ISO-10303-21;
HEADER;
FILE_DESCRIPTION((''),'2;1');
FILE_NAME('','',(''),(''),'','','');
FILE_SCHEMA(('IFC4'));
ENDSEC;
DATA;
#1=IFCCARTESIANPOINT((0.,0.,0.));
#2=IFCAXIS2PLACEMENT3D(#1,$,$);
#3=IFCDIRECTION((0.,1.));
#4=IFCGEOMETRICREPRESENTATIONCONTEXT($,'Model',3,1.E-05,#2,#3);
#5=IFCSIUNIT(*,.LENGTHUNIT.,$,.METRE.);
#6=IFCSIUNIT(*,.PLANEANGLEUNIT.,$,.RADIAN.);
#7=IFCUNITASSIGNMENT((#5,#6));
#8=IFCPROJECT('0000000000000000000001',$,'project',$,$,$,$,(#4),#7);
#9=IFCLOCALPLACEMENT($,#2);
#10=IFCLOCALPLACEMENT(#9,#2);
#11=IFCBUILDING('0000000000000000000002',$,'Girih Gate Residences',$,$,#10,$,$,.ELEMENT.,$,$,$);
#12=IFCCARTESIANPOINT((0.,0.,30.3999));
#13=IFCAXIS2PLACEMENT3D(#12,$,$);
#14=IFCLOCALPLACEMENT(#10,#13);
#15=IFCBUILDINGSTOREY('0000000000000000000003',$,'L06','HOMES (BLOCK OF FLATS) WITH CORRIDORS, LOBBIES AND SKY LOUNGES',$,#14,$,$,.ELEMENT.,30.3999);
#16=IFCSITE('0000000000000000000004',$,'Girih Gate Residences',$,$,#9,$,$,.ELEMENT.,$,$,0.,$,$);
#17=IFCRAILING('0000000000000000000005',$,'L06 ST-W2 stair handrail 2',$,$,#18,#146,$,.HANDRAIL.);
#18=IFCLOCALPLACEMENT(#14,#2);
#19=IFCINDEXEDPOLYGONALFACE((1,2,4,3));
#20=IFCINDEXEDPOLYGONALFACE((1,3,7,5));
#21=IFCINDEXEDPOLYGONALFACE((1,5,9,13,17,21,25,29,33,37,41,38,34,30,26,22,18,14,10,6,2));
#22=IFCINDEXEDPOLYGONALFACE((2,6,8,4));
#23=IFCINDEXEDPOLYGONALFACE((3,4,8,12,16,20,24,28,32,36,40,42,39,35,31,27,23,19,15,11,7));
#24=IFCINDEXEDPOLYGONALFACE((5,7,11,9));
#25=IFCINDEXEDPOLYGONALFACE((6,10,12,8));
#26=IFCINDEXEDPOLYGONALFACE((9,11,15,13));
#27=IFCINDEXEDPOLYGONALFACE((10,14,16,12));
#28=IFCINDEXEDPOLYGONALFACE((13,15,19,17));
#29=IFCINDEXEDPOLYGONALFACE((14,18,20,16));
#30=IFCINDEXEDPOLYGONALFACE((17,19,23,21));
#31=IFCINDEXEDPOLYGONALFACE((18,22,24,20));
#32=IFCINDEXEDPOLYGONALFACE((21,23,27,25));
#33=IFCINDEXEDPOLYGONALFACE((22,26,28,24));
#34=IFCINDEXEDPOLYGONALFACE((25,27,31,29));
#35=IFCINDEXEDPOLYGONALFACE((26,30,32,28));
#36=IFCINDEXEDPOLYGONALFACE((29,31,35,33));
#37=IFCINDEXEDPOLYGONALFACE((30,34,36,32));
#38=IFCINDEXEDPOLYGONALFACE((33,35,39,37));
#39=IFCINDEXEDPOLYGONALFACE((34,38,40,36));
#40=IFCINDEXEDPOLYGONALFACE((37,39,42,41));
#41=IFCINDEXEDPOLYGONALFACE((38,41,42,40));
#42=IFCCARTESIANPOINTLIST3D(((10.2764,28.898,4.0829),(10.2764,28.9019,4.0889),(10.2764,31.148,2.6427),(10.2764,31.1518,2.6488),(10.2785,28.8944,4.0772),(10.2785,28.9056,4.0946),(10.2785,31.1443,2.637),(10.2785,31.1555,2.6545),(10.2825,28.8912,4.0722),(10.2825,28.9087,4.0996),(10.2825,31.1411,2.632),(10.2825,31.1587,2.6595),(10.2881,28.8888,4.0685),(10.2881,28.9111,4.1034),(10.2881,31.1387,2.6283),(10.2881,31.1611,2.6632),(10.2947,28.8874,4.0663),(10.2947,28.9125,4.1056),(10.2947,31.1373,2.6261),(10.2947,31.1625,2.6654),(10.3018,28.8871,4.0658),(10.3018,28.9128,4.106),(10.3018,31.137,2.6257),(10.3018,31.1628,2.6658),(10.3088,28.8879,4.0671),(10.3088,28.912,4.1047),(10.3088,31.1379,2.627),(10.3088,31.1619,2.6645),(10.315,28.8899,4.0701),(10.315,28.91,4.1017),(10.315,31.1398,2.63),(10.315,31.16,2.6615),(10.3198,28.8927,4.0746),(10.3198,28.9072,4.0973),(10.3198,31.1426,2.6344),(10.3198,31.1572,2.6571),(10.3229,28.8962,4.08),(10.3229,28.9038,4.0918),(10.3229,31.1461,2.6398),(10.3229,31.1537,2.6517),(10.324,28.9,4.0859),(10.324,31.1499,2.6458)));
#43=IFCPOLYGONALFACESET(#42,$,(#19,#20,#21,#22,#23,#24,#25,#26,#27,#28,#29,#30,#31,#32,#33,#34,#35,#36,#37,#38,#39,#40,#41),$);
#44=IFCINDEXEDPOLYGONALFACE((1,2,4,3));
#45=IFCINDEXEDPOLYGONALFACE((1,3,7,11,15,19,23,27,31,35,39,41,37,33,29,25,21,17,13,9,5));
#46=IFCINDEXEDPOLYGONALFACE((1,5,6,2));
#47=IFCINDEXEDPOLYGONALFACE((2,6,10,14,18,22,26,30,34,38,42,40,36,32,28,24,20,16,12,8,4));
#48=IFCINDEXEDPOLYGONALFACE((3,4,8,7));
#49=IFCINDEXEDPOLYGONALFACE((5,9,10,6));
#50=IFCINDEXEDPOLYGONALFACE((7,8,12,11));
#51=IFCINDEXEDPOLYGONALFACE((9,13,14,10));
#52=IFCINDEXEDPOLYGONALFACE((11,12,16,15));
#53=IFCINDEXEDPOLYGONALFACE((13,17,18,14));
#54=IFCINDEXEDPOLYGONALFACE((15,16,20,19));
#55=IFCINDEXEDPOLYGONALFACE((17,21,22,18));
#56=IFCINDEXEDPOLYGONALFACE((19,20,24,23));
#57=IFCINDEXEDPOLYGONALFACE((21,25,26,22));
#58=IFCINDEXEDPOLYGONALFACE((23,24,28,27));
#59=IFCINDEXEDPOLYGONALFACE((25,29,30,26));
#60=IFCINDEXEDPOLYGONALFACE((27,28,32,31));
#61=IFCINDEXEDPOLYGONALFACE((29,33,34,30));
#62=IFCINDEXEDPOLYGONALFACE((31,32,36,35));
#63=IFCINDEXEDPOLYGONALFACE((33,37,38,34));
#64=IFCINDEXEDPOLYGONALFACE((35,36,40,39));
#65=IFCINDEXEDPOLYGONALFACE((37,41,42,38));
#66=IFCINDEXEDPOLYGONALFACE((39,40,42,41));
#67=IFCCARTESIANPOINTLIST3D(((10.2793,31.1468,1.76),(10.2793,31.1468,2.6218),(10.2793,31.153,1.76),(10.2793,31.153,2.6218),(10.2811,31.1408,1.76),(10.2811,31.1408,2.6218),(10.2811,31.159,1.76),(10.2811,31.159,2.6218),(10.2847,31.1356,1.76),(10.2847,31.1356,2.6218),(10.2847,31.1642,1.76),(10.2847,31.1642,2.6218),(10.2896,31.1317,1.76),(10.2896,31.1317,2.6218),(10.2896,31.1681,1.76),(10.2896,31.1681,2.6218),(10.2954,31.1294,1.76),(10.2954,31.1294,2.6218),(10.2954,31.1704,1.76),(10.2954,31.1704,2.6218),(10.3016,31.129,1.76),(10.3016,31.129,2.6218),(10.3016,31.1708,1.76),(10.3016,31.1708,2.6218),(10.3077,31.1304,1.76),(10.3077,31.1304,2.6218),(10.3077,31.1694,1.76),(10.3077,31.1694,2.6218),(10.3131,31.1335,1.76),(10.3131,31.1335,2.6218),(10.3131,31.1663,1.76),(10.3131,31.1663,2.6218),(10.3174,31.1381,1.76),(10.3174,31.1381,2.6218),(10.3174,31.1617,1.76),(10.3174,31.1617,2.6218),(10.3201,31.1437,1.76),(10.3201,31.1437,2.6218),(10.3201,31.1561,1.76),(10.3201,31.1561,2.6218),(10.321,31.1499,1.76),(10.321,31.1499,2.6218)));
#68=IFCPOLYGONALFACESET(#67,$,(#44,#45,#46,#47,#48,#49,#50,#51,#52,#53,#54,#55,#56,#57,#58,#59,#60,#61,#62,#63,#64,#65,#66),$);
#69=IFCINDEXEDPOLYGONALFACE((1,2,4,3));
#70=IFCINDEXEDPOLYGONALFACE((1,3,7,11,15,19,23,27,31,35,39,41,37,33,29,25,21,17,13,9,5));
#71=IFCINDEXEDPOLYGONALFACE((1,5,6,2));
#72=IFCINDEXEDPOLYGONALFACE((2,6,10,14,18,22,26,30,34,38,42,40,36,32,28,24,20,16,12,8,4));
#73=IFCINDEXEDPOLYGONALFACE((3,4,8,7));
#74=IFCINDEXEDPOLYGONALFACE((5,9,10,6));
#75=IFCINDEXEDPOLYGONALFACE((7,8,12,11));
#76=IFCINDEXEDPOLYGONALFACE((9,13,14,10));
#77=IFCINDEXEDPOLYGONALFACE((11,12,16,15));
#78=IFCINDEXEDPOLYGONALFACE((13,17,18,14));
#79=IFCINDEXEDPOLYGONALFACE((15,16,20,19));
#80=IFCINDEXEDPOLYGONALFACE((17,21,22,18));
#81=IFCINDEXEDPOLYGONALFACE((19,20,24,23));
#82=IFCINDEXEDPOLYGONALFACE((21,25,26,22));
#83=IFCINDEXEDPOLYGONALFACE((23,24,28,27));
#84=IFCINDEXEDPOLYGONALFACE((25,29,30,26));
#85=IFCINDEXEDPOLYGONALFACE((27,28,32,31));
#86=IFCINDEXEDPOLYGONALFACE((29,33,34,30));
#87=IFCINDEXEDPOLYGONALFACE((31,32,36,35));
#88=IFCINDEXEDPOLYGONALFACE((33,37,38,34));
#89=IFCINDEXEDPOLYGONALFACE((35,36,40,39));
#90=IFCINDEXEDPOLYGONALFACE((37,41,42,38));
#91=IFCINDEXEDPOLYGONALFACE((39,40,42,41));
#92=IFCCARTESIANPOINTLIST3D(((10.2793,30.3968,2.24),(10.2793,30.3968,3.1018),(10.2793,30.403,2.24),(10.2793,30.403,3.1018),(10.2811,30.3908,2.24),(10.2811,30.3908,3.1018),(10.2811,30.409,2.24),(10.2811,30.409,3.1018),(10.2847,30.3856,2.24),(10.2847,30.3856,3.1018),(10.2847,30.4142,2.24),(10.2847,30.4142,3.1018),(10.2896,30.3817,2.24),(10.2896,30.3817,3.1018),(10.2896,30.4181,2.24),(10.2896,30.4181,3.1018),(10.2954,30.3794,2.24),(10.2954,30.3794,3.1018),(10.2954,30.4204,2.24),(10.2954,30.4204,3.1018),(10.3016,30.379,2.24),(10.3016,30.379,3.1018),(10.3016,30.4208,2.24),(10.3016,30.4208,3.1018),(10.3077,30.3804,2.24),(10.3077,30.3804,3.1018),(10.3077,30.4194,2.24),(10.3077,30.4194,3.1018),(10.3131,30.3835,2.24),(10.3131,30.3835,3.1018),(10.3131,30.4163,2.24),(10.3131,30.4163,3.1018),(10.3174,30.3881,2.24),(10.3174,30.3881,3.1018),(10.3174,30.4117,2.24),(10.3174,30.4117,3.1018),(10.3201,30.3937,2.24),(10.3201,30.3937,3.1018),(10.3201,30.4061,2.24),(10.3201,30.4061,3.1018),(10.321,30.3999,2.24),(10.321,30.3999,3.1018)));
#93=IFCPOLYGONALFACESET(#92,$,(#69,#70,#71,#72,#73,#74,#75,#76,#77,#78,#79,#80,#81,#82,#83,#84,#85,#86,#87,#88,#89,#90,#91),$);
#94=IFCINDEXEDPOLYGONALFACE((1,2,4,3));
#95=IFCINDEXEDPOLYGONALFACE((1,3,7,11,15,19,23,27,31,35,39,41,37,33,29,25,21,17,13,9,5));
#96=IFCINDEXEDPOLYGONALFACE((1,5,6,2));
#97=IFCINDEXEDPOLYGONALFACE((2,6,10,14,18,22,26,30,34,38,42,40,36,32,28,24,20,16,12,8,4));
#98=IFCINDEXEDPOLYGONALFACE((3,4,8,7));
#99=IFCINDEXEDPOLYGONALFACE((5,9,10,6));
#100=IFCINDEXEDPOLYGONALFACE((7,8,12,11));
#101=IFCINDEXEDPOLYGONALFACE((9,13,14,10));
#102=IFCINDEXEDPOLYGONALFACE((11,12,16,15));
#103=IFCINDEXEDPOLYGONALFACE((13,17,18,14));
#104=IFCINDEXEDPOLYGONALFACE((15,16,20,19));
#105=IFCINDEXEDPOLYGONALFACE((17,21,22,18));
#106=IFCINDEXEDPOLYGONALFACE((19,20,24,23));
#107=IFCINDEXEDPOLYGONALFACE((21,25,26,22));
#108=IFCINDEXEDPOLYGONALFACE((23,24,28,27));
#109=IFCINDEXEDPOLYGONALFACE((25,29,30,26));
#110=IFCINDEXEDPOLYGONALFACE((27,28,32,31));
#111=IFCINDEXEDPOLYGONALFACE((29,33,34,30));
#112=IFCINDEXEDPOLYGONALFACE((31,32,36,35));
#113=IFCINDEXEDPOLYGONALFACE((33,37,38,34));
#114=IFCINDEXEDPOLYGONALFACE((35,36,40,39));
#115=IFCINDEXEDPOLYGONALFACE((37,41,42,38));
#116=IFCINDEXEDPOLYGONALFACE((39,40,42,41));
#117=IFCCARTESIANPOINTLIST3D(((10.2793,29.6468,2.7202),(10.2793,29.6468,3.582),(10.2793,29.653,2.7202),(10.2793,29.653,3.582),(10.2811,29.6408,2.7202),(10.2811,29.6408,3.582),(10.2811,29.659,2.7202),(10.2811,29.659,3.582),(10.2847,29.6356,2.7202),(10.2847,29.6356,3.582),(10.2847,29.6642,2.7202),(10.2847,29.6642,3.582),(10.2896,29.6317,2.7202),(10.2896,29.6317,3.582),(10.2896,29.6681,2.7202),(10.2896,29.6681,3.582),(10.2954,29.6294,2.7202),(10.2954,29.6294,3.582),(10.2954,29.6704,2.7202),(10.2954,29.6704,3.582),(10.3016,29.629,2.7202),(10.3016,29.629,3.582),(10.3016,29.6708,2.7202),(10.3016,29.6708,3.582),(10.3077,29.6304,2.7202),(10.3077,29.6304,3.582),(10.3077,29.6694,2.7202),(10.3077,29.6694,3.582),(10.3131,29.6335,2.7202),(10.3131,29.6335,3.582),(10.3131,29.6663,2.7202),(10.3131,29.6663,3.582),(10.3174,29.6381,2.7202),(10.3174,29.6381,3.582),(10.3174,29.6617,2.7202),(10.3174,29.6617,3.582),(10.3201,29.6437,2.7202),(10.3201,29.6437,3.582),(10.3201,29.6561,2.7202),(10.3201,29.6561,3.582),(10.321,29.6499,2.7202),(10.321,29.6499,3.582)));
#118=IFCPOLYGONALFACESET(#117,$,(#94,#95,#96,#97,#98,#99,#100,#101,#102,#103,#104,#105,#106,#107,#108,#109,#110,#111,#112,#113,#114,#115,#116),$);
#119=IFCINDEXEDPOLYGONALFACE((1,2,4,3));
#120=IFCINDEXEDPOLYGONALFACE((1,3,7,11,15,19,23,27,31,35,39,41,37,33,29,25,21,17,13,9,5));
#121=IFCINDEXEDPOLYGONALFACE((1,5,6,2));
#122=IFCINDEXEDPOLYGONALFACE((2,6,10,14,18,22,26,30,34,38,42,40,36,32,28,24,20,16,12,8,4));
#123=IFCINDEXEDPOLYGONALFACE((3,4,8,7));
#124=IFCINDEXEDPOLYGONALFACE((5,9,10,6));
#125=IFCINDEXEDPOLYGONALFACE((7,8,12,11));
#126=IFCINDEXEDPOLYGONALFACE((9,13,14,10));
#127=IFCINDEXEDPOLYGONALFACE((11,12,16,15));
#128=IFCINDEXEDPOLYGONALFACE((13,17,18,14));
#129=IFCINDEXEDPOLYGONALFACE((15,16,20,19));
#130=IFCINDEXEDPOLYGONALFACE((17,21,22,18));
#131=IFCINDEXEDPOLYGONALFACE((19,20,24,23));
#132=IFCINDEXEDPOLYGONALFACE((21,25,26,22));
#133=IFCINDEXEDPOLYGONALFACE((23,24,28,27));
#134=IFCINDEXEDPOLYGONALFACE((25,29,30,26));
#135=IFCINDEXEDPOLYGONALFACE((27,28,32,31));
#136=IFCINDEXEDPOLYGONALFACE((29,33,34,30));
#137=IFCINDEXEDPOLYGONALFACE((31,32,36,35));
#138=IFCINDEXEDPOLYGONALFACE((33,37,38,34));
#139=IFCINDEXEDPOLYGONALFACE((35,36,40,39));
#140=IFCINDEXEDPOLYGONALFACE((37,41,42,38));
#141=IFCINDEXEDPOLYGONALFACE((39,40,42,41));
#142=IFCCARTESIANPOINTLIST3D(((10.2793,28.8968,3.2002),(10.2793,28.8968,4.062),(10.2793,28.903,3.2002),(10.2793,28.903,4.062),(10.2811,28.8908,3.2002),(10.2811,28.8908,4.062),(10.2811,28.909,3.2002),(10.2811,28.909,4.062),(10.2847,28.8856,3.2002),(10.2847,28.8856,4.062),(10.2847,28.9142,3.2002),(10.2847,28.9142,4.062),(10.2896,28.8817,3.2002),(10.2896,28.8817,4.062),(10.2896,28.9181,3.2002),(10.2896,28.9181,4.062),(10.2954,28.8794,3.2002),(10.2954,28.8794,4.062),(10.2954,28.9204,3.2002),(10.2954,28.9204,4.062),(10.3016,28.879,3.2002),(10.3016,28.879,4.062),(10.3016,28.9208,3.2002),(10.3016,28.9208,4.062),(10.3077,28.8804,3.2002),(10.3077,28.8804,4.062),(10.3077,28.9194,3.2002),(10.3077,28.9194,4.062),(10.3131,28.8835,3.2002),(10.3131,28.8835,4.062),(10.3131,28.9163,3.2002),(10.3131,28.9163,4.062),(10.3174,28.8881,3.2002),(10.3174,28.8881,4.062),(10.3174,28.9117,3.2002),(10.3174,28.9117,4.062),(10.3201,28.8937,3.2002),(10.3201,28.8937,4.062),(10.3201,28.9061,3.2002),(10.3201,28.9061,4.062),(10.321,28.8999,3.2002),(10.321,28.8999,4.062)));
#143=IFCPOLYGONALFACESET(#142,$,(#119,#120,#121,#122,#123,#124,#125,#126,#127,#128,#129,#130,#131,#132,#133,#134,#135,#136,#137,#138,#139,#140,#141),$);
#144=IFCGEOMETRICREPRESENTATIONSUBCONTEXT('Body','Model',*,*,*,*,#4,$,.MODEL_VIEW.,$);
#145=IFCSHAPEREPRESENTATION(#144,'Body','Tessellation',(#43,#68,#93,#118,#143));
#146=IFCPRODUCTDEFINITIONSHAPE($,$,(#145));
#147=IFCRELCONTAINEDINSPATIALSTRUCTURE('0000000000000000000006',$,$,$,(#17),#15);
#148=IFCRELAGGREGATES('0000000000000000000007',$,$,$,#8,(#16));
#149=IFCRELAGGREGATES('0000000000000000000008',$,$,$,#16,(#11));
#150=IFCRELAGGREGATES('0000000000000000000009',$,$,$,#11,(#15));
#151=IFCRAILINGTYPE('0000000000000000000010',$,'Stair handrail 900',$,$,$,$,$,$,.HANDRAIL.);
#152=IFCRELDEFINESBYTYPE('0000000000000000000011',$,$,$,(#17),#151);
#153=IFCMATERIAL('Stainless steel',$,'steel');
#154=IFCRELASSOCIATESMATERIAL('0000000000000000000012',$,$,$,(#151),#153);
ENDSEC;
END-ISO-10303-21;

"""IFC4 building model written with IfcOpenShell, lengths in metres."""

from ifc_helpers import new_model, si_unit, direction, frame, origin, origin_2d, place, context, subcontext, project, spatial, circle, extrude, material, type_object, element, save


model = new_model("IFC4")

# Units and contexts
model_context = context("Model", 3, precision=1e-05, world=origin(), true_north=direction((0.0, 1.0)))
body_context = subcontext(model_context, "Body", "Model", "MODEL_VIEW")
ifc_project = project(units=[si_unit("LENGTHUNIT", "METRE"), si_unit("PLANEANGLEUNIT", "RADIAN")], contexts=[model_context])

# Site, building, storey
site_placement = place(None, origin())
site = spatial("IfcSite", under=ifc_project, at=site_placement, Name="Girih Gate Residences", CompositionType="ELEMENT", RefElevation=0.0)
building_placement = place(site_placement, origin())
building = spatial("IfcBuilding", under=site, at=building_placement, Name="Girih Gate Residences", CompositionType="ELEMENT")
storey_placement = place(building_placement, frame((0.0, 0.0, 30.3999)))
storey = spatial("IfcBuildingStorey", under=building, at=storey_placement, Name="L06", Description="HOMES (BLOCK OF FLATS) WITH CORRIDORS, LOBBIES AND SKY LOUNGES", CompositionType="ELEMENT", Elevation=30.3999)

# Railing
ifc_material_1 = material(Name="Stainless steel", Category="steel")
railing_type_1 = type_object("IfcRailingType", Name="Stair handrail 900", PredefinedType="HANDRAIL", material=ifc_material_1)
railing_1_placement = place(storey_placement, frame((10.3, 31.1499, 1.76)))
element("IfcRailing", 1, at=railing_1_placement, inside=storey, type_object=railing_type_1, Name="L06 ST-W2 stair handrail 2", PredefinedType="HANDRAIL", context=body_context, shape_type="SweptSolid", body=[
    extrude(circle(Radius=0.0239, at=origin_2d()), frame((0.0, 0.0, 0.8857), z_axis=(0.0, -0.84224, 0.539103), x_axis=(1.0, 0.0, 0.0)), (0.0, 0.0, 1.0), 2.6714),
    extrude(circle(Radius=0.021, at=origin_2d()), origin(), (0.0, 0.0, 1.0), 0.8618),
    extrude(circle(Radius=0.021, at=origin_2d()), frame((0.0, -0.75, 0.48)), (0.0, 0.0, 1.0), 0.8618),
    extrude(circle(Radius=0.021, at=origin_2d()), frame((0.0, -1.5, 0.9602)), (0.0, 0.0, 1.0), 0.8618),
    extrude(circle(Radius=0.021, at=origin_2d()), frame((0.0, -2.25, 1.4402)), (0.0, 0.0, 1.0), 0.8618),
])

save(model, "model.ifc")
